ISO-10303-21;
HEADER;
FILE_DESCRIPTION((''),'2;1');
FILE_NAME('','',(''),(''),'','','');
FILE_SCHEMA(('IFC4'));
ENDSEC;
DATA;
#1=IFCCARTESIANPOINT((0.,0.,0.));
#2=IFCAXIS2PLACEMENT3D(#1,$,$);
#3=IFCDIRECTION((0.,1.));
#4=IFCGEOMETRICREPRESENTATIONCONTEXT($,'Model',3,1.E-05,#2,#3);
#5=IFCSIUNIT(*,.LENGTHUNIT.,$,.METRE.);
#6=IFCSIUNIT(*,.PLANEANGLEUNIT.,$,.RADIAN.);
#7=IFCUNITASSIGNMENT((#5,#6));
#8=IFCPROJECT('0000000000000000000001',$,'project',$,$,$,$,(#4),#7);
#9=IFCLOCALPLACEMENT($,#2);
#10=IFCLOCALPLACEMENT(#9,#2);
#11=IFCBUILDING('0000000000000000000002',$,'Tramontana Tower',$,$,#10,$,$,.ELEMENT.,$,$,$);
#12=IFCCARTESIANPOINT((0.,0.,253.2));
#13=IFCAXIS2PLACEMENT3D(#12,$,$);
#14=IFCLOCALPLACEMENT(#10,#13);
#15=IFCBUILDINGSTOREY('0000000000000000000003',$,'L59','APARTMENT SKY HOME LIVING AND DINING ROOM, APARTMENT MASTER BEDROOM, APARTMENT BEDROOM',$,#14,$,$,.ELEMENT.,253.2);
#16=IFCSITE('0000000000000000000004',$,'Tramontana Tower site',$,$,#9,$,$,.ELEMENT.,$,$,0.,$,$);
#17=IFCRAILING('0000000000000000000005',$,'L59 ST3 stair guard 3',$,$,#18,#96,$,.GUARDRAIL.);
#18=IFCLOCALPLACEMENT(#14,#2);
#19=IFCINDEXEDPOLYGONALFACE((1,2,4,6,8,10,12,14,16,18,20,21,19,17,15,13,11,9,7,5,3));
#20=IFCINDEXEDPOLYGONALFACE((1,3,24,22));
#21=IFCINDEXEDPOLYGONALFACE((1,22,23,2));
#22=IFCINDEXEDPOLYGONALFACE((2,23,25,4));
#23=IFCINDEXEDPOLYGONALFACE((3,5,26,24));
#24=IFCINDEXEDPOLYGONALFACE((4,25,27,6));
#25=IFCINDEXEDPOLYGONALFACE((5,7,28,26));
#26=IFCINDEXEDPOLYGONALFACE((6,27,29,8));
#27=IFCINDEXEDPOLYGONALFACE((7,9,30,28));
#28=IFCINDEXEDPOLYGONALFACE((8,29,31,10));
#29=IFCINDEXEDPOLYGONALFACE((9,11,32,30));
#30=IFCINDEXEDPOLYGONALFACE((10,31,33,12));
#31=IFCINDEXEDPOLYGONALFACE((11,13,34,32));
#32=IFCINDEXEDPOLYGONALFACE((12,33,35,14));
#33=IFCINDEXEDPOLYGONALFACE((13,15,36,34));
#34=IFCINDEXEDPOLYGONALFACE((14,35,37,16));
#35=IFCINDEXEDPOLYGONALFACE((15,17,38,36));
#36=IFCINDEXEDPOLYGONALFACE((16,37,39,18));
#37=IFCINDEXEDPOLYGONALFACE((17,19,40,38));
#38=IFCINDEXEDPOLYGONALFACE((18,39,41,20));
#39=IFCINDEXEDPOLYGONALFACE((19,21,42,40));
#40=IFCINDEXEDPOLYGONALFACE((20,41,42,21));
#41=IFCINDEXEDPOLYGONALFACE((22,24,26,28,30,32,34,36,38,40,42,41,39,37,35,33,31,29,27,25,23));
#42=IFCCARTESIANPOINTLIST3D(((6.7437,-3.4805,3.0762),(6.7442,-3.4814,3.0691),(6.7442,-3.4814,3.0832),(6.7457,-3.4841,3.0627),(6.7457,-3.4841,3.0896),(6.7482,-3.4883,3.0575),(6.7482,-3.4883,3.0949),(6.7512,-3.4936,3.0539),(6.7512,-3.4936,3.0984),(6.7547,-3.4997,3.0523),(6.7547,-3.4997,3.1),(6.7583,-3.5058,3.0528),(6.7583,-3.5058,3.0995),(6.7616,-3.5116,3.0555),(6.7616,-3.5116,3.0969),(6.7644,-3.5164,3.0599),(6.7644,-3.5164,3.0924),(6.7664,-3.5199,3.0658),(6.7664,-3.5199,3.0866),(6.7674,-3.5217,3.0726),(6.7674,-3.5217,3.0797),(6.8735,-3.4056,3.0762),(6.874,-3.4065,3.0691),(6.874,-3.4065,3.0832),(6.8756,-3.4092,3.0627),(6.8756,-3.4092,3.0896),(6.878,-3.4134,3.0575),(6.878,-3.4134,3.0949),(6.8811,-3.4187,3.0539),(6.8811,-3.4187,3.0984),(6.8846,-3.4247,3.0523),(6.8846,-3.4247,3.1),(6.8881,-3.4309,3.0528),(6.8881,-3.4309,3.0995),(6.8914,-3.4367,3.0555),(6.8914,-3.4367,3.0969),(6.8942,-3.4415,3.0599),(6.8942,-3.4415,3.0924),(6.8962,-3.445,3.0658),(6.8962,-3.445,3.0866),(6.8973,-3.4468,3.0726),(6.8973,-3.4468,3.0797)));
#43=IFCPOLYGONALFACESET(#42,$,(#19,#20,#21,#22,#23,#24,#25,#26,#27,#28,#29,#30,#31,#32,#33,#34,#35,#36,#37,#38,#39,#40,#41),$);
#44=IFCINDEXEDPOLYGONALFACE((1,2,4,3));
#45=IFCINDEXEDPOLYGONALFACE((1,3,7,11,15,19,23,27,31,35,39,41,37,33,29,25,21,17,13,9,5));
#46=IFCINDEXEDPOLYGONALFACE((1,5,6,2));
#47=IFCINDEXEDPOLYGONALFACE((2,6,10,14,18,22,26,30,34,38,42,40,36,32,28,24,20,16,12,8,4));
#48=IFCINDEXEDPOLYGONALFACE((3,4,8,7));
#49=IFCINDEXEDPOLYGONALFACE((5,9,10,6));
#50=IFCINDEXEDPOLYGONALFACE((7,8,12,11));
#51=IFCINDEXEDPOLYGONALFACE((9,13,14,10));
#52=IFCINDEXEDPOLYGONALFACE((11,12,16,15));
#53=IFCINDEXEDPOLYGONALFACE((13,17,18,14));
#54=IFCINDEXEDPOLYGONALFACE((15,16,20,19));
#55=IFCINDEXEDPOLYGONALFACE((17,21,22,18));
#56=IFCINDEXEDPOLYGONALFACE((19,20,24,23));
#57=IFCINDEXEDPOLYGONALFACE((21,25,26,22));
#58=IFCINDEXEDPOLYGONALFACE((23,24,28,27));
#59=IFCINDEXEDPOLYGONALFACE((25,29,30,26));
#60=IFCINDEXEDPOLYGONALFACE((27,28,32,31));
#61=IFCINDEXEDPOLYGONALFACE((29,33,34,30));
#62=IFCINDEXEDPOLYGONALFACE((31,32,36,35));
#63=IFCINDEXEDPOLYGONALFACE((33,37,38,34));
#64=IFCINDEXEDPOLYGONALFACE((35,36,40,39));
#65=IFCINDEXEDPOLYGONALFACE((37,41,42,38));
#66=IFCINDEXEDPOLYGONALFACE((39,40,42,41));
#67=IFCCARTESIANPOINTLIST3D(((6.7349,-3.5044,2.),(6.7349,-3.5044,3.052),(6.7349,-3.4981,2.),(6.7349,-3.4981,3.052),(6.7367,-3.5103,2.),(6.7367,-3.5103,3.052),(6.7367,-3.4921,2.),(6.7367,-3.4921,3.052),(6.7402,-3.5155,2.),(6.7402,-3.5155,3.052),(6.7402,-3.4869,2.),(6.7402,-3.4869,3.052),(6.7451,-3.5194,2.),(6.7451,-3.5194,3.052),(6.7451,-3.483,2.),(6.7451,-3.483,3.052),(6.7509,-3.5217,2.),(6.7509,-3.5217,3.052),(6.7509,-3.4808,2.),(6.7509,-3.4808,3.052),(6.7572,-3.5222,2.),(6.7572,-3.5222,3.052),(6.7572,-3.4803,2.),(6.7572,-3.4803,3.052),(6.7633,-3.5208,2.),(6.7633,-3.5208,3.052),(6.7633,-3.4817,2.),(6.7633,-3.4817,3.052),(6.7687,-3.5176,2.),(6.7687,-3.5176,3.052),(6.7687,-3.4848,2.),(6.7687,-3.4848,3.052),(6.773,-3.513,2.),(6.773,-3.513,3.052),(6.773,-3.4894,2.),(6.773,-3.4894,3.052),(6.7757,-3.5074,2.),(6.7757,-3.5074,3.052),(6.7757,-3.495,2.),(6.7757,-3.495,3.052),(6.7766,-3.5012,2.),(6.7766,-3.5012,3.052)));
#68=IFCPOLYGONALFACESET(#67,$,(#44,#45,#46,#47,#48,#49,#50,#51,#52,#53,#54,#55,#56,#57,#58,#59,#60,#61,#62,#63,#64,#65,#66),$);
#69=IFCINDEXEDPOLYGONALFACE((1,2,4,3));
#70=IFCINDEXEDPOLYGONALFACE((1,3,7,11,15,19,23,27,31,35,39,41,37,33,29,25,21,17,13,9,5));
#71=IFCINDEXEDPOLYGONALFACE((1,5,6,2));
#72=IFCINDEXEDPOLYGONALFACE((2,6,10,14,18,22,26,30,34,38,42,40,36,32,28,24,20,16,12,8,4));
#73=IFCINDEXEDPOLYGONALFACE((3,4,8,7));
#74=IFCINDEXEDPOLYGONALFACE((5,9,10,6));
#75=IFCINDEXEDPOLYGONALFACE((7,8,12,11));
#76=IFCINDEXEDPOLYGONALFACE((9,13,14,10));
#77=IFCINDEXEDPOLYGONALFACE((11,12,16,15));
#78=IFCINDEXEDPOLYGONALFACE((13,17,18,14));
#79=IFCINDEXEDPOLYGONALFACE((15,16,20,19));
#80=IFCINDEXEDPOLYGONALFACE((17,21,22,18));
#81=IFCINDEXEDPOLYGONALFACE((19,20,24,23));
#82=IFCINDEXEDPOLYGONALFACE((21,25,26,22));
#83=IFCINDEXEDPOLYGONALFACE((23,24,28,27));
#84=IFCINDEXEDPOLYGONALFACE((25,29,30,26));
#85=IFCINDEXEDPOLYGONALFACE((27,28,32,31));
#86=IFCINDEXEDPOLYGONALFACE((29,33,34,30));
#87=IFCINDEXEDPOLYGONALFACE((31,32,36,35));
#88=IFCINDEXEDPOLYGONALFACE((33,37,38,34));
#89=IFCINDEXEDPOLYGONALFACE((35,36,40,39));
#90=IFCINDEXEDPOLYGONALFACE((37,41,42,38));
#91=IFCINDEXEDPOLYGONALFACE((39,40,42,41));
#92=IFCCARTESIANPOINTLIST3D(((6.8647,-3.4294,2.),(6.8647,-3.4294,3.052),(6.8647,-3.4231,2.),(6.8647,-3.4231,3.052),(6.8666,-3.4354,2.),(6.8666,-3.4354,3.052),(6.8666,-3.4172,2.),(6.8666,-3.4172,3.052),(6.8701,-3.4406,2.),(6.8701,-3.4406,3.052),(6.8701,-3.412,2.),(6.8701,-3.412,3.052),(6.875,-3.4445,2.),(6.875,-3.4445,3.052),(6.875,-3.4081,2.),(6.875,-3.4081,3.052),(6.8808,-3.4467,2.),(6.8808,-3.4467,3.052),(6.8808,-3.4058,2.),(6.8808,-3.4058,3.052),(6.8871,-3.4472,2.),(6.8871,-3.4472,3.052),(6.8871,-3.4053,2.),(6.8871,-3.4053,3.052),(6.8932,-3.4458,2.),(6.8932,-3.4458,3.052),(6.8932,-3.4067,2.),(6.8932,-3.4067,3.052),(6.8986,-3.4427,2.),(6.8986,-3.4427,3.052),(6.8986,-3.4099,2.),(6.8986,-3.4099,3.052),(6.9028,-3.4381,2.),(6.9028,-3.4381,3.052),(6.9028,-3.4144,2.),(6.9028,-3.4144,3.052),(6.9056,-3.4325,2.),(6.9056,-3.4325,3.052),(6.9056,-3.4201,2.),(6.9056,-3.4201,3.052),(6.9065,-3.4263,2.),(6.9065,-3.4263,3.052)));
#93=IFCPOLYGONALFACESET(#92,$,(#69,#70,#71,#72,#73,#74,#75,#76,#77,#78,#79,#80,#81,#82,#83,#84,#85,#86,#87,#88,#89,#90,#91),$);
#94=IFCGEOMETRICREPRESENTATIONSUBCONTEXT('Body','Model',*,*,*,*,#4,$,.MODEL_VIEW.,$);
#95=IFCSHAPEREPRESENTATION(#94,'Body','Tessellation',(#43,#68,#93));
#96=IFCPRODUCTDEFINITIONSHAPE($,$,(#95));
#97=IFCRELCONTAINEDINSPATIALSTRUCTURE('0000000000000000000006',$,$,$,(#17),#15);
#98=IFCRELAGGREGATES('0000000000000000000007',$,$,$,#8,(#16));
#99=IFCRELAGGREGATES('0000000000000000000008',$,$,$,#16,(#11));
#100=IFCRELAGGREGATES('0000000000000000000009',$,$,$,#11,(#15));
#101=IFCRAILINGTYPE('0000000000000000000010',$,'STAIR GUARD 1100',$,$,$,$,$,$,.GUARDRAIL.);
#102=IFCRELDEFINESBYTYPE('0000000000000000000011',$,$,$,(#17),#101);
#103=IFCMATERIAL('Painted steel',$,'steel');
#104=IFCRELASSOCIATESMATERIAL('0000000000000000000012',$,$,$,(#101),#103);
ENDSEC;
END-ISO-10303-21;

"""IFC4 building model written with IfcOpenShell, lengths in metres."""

from ifc_helpers import new_model, si_unit, direction, frame, origin, origin_2d, place, context, subcontext, project, spatial, circle, extrude, material, type_object, element, save


model = new_model("IFC4")

# Units and contexts
model_context = context("Model", 3, precision=1e-05, world=origin(), true_north=direction((0.0, 1.0)))
body_context = subcontext(model_context, "Body", "Model", "MODEL_VIEW")
ifc_project = project(units=[si_unit("LENGTHUNIT", "METRE"), si_unit("PLANEANGLEUNIT", "RADIAN")], contexts=[model_context])

# Site, building, storey
site_placement = place(None, origin())
site = spatial("IfcSite", under=ifc_project, at=site_placement, Name="Tramontana Tower site", CompositionType="ELEMENT", RefElevation=0.0)
building_placement = place(site_placement, origin())
building = spatial("IfcBuilding", under=site, at=building_placement, Name="Tramontana Tower", CompositionType="ELEMENT")
storey_placement = place(building_placement, frame((0.0, 0.0, 253.2)))
storey = spatial("IfcBuildingStorey", under=building, at=storey_placement, Name="L59", Description="APARTMENT SKY HOME LIVING AND DINING ROOM, APARTMENT MASTER BEDROOM, APARTMENT BEDROOM", CompositionType="ELEMENT", Elevation=253.2)

# Railing
ifc_material_1 = material(Name="Painted steel", Category="steel")
railing_type_1 = type_object("IfcRailingType", Name="STAIR GUARD 1100", PredefinedType="GUARDRAIL", material=ifc_material_1)
railing_1_placement = place(storey_placement, frame((6.7556, -3.5012, 2.0)))
element("IfcRailing", 1, at=railing_1_placement, inside=storey, type_object=railing_type_1, Name="L59 ST3 stair guard 3", PredefinedType="GUARDRAIL", context=body_context, shape_type="SweptSolid", body=[
    extrude(circle(Radius=0.0239, at=origin_2d()), frame((0.0, 0.0, 1.0762), z_axis=(0.866131, 0.499816, 0.0), x_axis=(-0.499816, 0.866131, 0.0)), (0.0, 0.0, 1.0), 0.1499),
    extrude(circle(Radius=0.021, at=origin_2d()), origin(), (0.0, 0.0, 1.0), 1.052),
    extrude(circle(Radius=0.021, at=origin_2d()), frame((0.1299, 0.075, 0.0)), (0.0, 0.0, 1.0), 1.052),
])

save(model, "model.ifc")
